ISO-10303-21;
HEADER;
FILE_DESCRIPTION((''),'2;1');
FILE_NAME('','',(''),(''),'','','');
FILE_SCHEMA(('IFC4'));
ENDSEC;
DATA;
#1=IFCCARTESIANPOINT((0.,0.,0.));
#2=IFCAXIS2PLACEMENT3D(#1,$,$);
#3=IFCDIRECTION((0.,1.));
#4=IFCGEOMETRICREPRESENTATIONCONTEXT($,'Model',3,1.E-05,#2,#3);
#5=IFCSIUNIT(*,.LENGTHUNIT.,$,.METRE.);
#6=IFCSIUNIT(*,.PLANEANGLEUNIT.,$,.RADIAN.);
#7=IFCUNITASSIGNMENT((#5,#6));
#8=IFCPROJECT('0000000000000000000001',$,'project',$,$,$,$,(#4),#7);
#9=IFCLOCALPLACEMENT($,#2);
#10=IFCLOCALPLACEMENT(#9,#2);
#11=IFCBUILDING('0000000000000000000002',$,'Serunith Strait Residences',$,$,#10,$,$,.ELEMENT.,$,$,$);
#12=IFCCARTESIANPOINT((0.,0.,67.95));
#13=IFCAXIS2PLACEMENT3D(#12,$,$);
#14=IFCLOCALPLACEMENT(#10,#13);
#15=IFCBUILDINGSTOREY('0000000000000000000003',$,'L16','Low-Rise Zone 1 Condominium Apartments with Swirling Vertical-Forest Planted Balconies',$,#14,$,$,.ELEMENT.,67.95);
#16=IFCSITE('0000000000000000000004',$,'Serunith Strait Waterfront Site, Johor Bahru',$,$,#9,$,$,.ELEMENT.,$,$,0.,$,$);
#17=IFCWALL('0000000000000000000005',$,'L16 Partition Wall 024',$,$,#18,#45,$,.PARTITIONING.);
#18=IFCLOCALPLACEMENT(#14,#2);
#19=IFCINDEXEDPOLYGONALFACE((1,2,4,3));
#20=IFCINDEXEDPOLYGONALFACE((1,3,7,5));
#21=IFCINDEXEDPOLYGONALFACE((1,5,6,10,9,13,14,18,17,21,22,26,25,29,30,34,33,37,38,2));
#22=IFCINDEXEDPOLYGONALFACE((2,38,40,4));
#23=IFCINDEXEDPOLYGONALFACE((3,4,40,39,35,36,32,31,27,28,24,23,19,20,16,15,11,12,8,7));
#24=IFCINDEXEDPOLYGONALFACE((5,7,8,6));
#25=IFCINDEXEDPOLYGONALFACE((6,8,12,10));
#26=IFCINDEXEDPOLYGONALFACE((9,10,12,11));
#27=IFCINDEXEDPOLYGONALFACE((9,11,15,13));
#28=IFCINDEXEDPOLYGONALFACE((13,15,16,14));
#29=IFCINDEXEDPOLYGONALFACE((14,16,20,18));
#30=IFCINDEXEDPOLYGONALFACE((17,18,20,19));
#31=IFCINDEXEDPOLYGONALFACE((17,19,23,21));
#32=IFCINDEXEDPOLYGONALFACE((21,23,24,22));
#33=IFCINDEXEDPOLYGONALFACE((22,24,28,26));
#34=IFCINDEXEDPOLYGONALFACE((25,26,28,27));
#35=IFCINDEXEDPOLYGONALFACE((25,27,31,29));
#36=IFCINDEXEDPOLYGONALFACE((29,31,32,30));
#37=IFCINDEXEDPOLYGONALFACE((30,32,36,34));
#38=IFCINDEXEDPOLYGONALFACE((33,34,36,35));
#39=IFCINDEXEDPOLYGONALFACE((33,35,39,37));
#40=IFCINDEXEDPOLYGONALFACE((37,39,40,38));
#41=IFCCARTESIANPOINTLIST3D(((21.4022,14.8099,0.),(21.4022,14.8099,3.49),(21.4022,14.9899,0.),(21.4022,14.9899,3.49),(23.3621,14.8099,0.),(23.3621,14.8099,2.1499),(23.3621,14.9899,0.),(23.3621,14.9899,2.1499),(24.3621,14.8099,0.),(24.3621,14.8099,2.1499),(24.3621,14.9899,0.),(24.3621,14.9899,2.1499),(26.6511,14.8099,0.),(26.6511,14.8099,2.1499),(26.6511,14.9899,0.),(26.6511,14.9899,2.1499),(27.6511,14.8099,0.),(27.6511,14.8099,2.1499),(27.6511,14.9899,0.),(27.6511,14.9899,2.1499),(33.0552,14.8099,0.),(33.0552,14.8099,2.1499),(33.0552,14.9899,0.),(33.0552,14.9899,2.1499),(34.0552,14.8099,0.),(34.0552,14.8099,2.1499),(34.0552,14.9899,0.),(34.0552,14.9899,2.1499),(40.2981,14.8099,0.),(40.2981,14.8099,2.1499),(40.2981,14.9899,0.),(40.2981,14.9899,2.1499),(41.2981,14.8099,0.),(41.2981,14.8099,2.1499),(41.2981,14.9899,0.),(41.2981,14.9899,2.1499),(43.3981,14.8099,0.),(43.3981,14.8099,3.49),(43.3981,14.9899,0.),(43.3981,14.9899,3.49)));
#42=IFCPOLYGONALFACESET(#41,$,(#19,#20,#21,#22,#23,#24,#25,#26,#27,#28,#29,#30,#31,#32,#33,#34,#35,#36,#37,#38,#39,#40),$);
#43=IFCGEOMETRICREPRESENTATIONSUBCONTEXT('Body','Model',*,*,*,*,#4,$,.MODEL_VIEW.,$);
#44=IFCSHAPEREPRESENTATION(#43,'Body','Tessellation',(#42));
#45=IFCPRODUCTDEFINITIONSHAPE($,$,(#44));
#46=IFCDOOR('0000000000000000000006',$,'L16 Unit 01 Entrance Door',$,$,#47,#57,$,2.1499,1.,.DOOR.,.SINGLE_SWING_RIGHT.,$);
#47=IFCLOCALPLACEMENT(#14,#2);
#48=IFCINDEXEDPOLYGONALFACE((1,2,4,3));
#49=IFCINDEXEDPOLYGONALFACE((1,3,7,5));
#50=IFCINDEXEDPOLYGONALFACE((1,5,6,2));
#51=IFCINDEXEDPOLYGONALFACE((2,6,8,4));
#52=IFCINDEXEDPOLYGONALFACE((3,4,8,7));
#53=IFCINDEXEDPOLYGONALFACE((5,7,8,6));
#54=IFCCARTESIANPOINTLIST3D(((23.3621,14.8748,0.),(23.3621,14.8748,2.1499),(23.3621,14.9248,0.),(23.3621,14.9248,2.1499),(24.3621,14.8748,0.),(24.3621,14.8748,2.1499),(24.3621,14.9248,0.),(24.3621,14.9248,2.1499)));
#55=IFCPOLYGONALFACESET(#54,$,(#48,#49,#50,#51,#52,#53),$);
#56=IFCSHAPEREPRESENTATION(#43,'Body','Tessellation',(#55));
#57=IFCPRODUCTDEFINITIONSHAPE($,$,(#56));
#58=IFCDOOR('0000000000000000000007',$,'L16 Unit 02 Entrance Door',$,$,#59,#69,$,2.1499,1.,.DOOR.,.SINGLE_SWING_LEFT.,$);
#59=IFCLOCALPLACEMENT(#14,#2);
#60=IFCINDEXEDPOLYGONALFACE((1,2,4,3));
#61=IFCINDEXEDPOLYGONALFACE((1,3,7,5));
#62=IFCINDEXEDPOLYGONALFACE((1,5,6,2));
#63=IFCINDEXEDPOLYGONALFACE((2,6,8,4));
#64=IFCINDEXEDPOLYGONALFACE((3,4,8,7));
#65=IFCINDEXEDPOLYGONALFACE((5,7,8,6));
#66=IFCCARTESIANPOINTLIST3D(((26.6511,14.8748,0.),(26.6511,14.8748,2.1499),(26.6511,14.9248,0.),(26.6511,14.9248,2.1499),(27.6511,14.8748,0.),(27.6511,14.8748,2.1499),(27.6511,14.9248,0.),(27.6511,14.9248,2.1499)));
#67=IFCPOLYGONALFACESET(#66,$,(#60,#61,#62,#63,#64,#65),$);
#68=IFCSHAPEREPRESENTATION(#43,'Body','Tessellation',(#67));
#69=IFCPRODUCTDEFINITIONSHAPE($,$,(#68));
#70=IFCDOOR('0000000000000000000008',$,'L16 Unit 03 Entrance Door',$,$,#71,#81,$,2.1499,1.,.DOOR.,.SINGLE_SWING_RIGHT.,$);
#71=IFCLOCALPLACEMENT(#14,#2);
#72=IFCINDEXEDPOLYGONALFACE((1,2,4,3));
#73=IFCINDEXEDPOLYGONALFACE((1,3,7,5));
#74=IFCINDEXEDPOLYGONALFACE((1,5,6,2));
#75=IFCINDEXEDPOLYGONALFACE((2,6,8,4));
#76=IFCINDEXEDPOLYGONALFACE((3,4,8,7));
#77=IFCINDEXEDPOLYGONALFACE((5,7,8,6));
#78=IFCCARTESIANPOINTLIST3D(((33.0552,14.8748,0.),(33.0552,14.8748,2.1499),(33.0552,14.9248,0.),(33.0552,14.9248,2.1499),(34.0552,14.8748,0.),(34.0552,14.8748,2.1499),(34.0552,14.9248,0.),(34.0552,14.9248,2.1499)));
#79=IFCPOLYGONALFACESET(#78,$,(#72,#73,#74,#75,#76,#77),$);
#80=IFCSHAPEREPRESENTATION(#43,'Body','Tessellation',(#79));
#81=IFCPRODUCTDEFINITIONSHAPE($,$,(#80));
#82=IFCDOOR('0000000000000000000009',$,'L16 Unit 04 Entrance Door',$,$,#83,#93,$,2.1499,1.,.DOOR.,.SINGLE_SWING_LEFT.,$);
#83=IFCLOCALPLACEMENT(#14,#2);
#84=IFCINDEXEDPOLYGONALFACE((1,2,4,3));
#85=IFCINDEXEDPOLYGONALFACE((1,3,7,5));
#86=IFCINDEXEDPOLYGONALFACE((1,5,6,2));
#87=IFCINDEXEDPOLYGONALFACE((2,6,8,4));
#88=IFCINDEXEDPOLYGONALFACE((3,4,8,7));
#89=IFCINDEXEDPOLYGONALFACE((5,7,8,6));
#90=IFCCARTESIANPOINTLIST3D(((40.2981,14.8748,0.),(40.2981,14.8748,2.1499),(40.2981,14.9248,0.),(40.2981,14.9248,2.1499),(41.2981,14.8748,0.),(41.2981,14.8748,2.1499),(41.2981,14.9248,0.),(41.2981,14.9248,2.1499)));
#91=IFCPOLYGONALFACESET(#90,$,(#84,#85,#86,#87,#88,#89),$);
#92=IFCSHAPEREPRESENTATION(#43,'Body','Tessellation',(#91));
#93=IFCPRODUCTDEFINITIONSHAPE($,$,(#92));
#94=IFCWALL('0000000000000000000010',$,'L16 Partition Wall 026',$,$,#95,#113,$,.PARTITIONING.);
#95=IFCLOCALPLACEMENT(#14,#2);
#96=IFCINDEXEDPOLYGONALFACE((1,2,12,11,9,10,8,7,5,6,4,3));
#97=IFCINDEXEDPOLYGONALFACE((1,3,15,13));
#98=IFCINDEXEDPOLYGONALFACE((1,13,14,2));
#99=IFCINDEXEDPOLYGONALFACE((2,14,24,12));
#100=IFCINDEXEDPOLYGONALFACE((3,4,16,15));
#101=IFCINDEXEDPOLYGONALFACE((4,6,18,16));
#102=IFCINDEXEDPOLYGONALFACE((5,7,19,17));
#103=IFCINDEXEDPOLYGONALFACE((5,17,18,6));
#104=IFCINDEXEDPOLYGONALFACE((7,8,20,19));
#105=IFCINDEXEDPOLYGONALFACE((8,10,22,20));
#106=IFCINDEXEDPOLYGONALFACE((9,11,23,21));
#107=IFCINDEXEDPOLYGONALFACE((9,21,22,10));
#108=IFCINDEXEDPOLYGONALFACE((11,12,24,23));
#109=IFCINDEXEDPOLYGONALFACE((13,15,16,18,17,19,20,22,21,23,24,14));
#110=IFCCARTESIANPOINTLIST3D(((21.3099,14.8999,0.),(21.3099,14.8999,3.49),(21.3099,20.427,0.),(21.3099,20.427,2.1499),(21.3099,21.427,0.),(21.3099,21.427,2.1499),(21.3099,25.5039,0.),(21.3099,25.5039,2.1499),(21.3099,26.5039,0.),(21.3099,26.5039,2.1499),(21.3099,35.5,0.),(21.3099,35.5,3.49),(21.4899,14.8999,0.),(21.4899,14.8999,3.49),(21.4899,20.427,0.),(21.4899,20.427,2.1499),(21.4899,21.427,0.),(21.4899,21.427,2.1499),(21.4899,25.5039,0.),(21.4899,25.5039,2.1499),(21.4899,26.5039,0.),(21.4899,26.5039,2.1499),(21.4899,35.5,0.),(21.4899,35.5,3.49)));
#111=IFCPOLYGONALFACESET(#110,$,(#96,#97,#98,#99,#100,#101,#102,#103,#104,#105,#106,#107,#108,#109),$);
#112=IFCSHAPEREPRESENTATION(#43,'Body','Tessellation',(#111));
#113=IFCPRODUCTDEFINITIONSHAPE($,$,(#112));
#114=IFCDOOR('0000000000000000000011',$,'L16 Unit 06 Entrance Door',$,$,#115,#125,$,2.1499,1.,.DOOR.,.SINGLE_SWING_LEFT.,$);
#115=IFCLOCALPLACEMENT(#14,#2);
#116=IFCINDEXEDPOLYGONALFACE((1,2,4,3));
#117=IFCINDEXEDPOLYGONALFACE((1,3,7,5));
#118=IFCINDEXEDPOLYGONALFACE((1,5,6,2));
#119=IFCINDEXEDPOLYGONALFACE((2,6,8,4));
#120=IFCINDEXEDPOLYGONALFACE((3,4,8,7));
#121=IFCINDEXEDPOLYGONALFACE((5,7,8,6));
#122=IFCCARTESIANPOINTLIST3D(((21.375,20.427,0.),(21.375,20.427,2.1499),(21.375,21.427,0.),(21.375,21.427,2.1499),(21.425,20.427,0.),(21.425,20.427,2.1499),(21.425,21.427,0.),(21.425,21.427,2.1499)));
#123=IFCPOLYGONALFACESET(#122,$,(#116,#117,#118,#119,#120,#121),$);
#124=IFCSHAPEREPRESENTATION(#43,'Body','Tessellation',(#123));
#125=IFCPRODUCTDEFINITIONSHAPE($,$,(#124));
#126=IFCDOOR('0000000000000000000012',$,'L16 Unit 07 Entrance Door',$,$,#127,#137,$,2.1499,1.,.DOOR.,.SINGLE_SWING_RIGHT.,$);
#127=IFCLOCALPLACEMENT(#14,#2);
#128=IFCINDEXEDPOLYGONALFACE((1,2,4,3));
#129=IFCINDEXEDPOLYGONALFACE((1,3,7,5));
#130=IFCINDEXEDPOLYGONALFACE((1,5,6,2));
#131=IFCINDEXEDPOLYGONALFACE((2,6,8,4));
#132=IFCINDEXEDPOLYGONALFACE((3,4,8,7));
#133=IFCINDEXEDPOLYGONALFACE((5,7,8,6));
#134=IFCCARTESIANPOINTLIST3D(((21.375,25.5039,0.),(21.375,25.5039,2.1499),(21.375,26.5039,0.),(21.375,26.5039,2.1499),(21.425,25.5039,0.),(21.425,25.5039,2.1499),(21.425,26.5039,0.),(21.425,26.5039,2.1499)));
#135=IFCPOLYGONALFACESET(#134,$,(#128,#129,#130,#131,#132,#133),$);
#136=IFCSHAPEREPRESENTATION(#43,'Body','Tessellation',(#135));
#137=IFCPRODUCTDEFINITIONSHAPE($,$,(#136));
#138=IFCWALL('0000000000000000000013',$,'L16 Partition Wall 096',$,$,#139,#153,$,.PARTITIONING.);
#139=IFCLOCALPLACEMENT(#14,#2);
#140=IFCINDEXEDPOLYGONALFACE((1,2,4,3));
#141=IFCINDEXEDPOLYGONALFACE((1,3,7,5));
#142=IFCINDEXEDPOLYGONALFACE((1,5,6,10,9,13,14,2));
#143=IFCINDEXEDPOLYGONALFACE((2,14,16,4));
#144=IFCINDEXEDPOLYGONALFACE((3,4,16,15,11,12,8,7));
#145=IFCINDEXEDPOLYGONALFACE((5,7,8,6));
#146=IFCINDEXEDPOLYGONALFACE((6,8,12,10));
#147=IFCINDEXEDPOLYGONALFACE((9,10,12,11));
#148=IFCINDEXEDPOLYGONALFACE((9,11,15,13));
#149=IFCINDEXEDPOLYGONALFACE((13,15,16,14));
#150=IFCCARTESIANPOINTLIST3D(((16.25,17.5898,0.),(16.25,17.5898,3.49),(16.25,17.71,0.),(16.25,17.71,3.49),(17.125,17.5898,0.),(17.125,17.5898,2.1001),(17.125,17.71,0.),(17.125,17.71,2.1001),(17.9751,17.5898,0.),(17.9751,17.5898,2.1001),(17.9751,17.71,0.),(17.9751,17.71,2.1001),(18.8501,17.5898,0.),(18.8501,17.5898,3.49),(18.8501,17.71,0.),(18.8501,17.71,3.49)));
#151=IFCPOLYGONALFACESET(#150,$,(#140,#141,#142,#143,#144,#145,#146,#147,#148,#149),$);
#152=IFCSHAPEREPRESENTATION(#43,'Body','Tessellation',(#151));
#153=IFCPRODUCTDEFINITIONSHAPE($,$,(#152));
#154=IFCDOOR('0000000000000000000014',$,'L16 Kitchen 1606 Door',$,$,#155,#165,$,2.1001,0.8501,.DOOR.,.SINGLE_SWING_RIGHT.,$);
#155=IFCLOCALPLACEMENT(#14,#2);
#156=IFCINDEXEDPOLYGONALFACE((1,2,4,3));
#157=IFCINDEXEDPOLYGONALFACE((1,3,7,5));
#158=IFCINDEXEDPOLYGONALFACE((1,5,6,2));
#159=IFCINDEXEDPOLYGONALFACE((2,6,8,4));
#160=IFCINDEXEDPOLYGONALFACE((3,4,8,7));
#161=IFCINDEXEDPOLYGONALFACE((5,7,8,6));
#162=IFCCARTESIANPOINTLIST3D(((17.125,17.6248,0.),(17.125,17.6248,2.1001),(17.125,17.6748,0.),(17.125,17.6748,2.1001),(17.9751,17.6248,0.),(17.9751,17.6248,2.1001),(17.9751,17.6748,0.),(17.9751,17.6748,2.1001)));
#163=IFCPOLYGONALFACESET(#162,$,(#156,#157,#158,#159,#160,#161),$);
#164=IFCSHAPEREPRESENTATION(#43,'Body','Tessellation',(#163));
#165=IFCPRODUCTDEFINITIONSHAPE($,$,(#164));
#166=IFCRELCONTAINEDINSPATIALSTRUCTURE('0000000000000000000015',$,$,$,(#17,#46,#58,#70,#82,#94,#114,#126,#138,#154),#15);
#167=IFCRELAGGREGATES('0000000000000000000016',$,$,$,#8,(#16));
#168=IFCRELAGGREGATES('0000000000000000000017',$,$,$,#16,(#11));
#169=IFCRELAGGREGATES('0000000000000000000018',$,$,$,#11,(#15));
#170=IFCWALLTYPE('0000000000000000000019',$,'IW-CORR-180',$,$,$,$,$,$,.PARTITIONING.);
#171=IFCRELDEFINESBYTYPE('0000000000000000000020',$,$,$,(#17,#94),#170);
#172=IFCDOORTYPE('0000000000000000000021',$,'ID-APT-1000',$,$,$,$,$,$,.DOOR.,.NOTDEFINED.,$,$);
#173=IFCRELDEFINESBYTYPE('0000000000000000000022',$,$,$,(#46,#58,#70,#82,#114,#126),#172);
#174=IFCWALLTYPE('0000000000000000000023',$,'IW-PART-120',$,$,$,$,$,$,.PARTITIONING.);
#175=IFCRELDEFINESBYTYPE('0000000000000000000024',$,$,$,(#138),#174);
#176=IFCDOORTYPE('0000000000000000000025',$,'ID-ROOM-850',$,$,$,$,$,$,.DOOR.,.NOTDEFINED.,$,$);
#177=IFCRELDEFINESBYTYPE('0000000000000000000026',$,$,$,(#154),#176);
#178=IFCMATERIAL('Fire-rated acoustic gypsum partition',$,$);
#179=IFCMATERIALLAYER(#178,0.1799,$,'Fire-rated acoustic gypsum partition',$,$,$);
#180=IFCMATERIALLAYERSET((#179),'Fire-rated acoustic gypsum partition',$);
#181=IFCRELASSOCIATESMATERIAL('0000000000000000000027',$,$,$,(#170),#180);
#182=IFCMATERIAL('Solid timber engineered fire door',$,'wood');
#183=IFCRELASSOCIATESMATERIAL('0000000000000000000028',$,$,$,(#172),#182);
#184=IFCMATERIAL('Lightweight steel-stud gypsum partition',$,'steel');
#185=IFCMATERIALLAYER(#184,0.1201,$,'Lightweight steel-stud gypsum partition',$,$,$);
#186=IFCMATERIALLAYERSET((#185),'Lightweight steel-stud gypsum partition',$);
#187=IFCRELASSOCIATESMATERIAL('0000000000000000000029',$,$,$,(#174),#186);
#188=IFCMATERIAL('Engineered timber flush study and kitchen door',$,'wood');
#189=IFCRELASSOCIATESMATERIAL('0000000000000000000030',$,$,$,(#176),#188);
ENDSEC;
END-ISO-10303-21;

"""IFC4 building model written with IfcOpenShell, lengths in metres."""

from ifc_helpers import new_model, si_unit, direction, frame, frame_2d, origin, place, context, subcontext, project, spatial, rectangle, extrude, source, transform, mapped, material, layer, layer_set, type_object, element, fill, save


model = new_model("IFC4")

# Units and contexts
model_context = context("Model", 3, precision=1e-05, world=origin(), true_north=direction((0.0, 1.0)))
body_context = subcontext(model_context, "Body", "Model", "MODEL_VIEW")
ifc_project = project(units=[si_unit("LENGTHUNIT", "METRE"), si_unit("PLANEANGLEUNIT", "RADIAN")], contexts=[model_context])

# Site, building, storey
site_placement = place(None, origin())
site = spatial("IfcSite", under=ifc_project, at=site_placement, Name="Serunith Strait Waterfront Site, Johor Bahru", CompositionType="ELEMENT", RefElevation=0.0)
building_placement = place(site_placement, origin())
building = spatial("IfcBuilding", under=site, at=building_placement, Name="Serunith Strait Residences", CompositionType="ELEMENT")
storey_placement = place(building_placement, frame((0.0, 0.0, 67.95)))
storey = spatial("IfcBuildingStorey", under=building, at=storey_placement, Name="L16", Description="Low-Rise Zone 1 Condominium Apartments with Swirling Vertical-Forest Planted Balconies", CompositionType="ELEMENT", Elevation=67.95)

# Walls, openings, doors
ifc_material_1 = material(Name="Fire-rated acoustic gypsum partition")
ifc_layer_1 = layer(ifc_material_1, 0.1799, Name="Fire-rated acoustic gypsum partition")
ifc_layer_set_1 = layer_set([ifc_layer_1], Name="Fire-rated acoustic gypsum partition")
wall_type_1 = type_object("IfcWallType", Name="IW-CORR-180", PredefinedType="PARTITIONING", material=ifc_layer_set_1)
wall_1_placement = place(storey_placement, frame((21.4021, 14.8999, 0.0), z_axis=(0.0, 0.0, 1.0), x_axis=(1.0, 0.0, 0.0)))
wall_1 = element("IfcWall", 1, at=wall_1_placement, inside=storey, type_object=wall_type_1, Name="L16 Partition Wall 024", PredefinedType="PARTITIONING", context=body_context, shape_type="SweptSolid", body=[
    extrude(rectangle(XDim=21.9958, YDim=0.1799, at=frame_2d((10.998, 0.0))), origin(), (0.0, 0.0, 1.0), 3.49),
])
opening_1_placement = place(wall_1_placement, frame((1.96, 0.0, 0.0)))
opening_1 = element("IfcOpeningElement", 2, at=opening_1_placement, cuts=wall_1, PredefinedType="OPENING", context=body_context, shape_type="SweptSolid", body=[
    extrude(rectangle(XDim=1.0, YDim=2.1499, at=frame_2d((0.5, 1.075))), frame((0.0, 0.1001, 0.0), z_axis=(0.0, -1.0, 0.0), x_axis=(1.0, 0.0, 0.0)), (0.0, 0.0, 1.0), 0.2),
])
opening_2_placement = place(wall_1_placement, frame((5.249, 0.0, 0.0)))
opening_2 = element("IfcOpeningElement", 3, at=opening_2_placement, cuts=wall_1, PredefinedType="OPENING", context=body_context, shape_type="SweptSolid", body=[
    extrude(rectangle(XDim=1.0, YDim=2.1499, at=frame_2d((0.5, 1.075))), frame((0.0, 0.1001, 0.0), z_axis=(0.0, -1.0, 0.0), x_axis=(1.0, 0.0, 0.0)), (0.0, 0.0, 1.0), 0.2),
])
opening_3_placement = place(wall_1_placement, frame((11.6531, 0.0, 0.0)))
opening_3 = element("IfcOpeningElement", 4, at=opening_3_placement, cuts=wall_1, PredefinedType="OPENING", context=body_context, shape_type="SweptSolid", body=[
    extrude(rectangle(XDim=1.0, YDim=2.1499, at=frame_2d((0.5, 1.075))), frame((0.0, 0.1001, 0.0), z_axis=(0.0, -1.0, 0.0), x_axis=(1.0, 0.0, 0.0)), (0.0, 0.0, 1.0), 0.2),
])
opening_4_placement = place(wall_1_placement, frame((18.896, 0.0, 0.0)))
opening_4 = element("IfcOpeningElement", 5, at=opening_4_placement, cuts=wall_1, PredefinedType="OPENING", context=body_context, shape_type="SweptSolid", body=[
    extrude(rectangle(XDim=1.0, YDim=2.1499, at=frame_2d((0.5, 1.075))), frame((0.0, 0.1001, 0.0), z_axis=(0.0, -1.0, 0.0), x_axis=(1.0, 0.0, 0.0)), (0.0, 0.0, 1.0), 0.2),
])
ifc_material_2 = material(Name="Solid timber engineered fire door", Category="wood")
door_type_1 = type_object("IfcDoorType", Name="ID-APT-1000", OperationType="NOTDEFINED", PredefinedType="DOOR", material=ifc_material_2)
shared_shape_1 = source(origin(), body_context, "Body", "SweptSolid", [
    extrude(rectangle(XDim=1.0, YDim=2.1499, at=frame_2d((0.5, 1.075))), frame((0.0, 0.0249, 0.0), z_axis=(0.0, -1.0, 0.0), x_axis=(1.0, 0.0, 0.0)), (0.0, 0.0, 1.0), 0.05),
])
door_1_placement = place(opening_1_placement, origin())
door_1 = element("IfcDoor", 6, at=door_1_placement, inside=storey, type_object=door_type_1, Name="L16 Unit 01 Entrance Door", OperationType="SINGLE_SWING_RIGHT", OverallHeight=2.1499, OverallWidth=1.0, PredefinedType="DOOR", context=body_context, shape_type="MappedRepresentation", body=[
    mapped(shared_shape_1, transform((0.0, 0.0, 0.0), scale=1.0)),
])
fill(opening_1, door_1)
door_2_placement = place(opening_2_placement, origin())
door_2 = element("IfcDoor", 7, at=door_2_placement, inside=storey, type_object=door_type_1, Name="L16 Unit 02 Entrance Door", OperationType="SINGLE_SWING_LEFT", OverallHeight=2.1499, OverallWidth=1.0, PredefinedType="DOOR", context=body_context, shape_type="MappedRepresentation", body=[
    mapped(shared_shape_1, transform((0.0, 0.0, 0.0), scale=1.0)),
])
fill(opening_2, door_2)
door_3_placement = place(opening_3_placement, origin())
door_3 = element("IfcDoor", 8, at=door_3_placement, inside=storey, type_object=door_type_1, Name="L16 Unit 03 Entrance Door", OperationType="SINGLE_SWING_RIGHT", OverallHeight=2.1499, OverallWidth=1.0, PredefinedType="DOOR", context=body_context, shape_type="MappedRepresentation", body=[
    mapped(shared_shape_1, transform((0.0, 0.0, 0.0), scale=1.0)),
])
fill(opening_3, door_3)
door_4_placement = place(opening_4_placement, origin())
door_4 = element("IfcDoor", 9, at=door_4_placement, inside=storey, type_object=door_type_1, Name="L16 Unit 04 Entrance Door", OperationType="SINGLE_SWING_LEFT", OverallHeight=2.1499, OverallWidth=1.0, PredefinedType="DOOR", context=body_context, shape_type="MappedRepresentation", body=[
    mapped(shared_shape_1, transform((0.0, 0.0, 0.0), scale=1.0)),
])
fill(opening_4, door_4)
wall_2_placement = place(storey_placement, frame((21.3999, 14.8999, 0.0), z_axis=(0.0, 0.0, 1.0), x_axis=(0.0, 1.0, 0.0)))
wall_2 = element("IfcWall", 10, at=wall_2_placement, inside=storey, type_object=wall_type_1, Name="L16 Partition Wall 026", PredefinedType="PARTITIONING", context=body_context, shape_type="SweptSolid", body=[
    extrude(rectangle(XDim=20.6001, YDim=0.1799, at=frame_2d((10.3, 0.0))), origin(), (0.0, 0.0, 1.0), 3.49),
])
opening_5_placement = place(wall_2_placement, frame((5.5271, 0.0, 0.0)))
opening_5 = element("IfcOpeningElement", 11, at=opening_5_placement, cuts=wall_2, PredefinedType="OPENING", context=body_context, shape_type="SweptSolid", body=[
    extrude(rectangle(XDim=1.0, YDim=2.1499, at=frame_2d((0.5, 1.075))), frame((0.0, 0.1001, 0.0), z_axis=(0.0, -1.0, 0.0), x_axis=(1.0, 0.0, 0.0)), (0.0, 0.0, 1.0), 0.2),
])
opening_6_placement = place(wall_2_placement, frame((10.604, 0.0, 0.0)))
opening_6 = element("IfcOpeningElement", 12, at=opening_6_placement, cuts=wall_2, PredefinedType="OPENING", context=body_context, shape_type="SweptSolid", body=[
    extrude(rectangle(XDim=1.0, YDim=2.1499, at=frame_2d((0.5, 1.075))), frame((0.0, 0.1001, 0.0), z_axis=(0.0, -1.0, 0.0), x_axis=(1.0, 0.0, 0.0)), (0.0, 0.0, 1.0), 0.2),
])
door_5_placement = place(opening_5_placement, origin())
door_5 = element("IfcDoor", 13, at=door_5_placement, inside=storey, type_object=door_type_1, Name="L16 Unit 06 Entrance Door", OperationType="SINGLE_SWING_LEFT", OverallHeight=2.1499, OverallWidth=1.0, PredefinedType="DOOR", context=body_context, shape_type="MappedRepresentation", body=[
    mapped(shared_shape_1, transform((0.0, 0.0, 0.0), scale=1.0)),
])
fill(opening_5, door_5)
door_6_placement = place(opening_6_placement, origin())
door_6 = element("IfcDoor", 14, at=door_6_placement, inside=storey, type_object=door_type_1, Name="L16 Unit 07 Entrance Door", OperationType="SINGLE_SWING_RIGHT", OverallHeight=2.1499, OverallWidth=1.0, PredefinedType="DOOR", context=body_context, shape_type="MappedRepresentation", body=[
    mapped(shared_shape_1, transform((0.0, 0.0, 0.0), scale=1.0)),
])
fill(opening_6, door_6)

# Wall, opening, door
ifc_material_3 = material(Name="Lightweight steel-stud gypsum partition", Category="steel")
ifc_layer_2 = layer(ifc_material_3, 0.1201, Name="Lightweight steel-stud gypsum partition")
ifc_layer_set_2 = layer_set([ifc_layer_2], Name="Lightweight steel-stud gypsum partition")
wall_type_2 = type_object("IfcWallType", Name="IW-PART-120", PredefinedType="PARTITIONING", material=ifc_layer_set_2)
wall_3_placement = place(storey_placement, frame((16.25, 17.6499, 0.0), z_axis=(0.0, 0.0, 1.0), x_axis=(1.0, 0.0, 0.0)))
wall_3 = element("IfcWall", 15, at=wall_3_placement, inside=storey, type_object=wall_type_2, Name="L16 Partition Wall 096", PredefinedType="PARTITIONING", context=body_context, shape_type="SweptSolid", body=[
    extrude(rectangle(XDim=2.6001, YDim=0.1201, at=frame_2d((1.3, 0.0))), origin(), (0.0, 0.0, 1.0), 3.49),
])
opening_7_placement = place(wall_3_placement, frame((0.875, 0.0, 0.0)))
opening_7 = element("IfcOpeningElement", 16, at=opening_7_placement, cuts=wall_3, PredefinedType="OPENING", context=body_context, shape_type="SweptSolid", body=[
    extrude(rectangle(XDim=0.8501, YDim=2.1001, at=frame_2d((0.425, 1.05))), frame((0.0, 0.0701, 0.0), z_axis=(0.0, -1.0, 0.0), x_axis=(1.0, 0.0, 0.0)), (0.0, 0.0, 1.0), 0.1401),
])
ifc_material_4 = material(Name="Engineered timber flush study and kitchen door", Category="wood")
door_type_2 = type_object("IfcDoorType", Name="ID-ROOM-850", OperationType="NOTDEFINED", PredefinedType="DOOR", material=ifc_material_4)
shared_shape_2 = source(origin(), body_context, "Body", "SweptSolid", [
    extrude(rectangle(XDim=0.8501, YDim=2.1001, at=frame_2d((0.425, 1.05))), frame((0.0, 0.0249, 0.0), z_axis=(0.0, -1.0, 0.0), x_axis=(1.0, 0.0, 0.0)), (0.0, 0.0, 1.0), 0.05),
])
door_7_placement = place(opening_7_placement, origin())
door_7 = element("IfcDoor", 17, at=door_7_placement, inside=storey, type_object=door_type_2, Name="L16 Kitchen 1606 Door", OperationType="SINGLE_SWING_RIGHT", OverallHeight=2.1001, OverallWidth=0.8501, PredefinedType="DOOR", context=body_context, shape_type="MappedRepresentation", body=[
    mapped(shared_shape_2, transform((0.0, 0.0, 0.0), scale=1.0)),
])
fill(opening_7, door_7)

save(model, "model.ifc")
